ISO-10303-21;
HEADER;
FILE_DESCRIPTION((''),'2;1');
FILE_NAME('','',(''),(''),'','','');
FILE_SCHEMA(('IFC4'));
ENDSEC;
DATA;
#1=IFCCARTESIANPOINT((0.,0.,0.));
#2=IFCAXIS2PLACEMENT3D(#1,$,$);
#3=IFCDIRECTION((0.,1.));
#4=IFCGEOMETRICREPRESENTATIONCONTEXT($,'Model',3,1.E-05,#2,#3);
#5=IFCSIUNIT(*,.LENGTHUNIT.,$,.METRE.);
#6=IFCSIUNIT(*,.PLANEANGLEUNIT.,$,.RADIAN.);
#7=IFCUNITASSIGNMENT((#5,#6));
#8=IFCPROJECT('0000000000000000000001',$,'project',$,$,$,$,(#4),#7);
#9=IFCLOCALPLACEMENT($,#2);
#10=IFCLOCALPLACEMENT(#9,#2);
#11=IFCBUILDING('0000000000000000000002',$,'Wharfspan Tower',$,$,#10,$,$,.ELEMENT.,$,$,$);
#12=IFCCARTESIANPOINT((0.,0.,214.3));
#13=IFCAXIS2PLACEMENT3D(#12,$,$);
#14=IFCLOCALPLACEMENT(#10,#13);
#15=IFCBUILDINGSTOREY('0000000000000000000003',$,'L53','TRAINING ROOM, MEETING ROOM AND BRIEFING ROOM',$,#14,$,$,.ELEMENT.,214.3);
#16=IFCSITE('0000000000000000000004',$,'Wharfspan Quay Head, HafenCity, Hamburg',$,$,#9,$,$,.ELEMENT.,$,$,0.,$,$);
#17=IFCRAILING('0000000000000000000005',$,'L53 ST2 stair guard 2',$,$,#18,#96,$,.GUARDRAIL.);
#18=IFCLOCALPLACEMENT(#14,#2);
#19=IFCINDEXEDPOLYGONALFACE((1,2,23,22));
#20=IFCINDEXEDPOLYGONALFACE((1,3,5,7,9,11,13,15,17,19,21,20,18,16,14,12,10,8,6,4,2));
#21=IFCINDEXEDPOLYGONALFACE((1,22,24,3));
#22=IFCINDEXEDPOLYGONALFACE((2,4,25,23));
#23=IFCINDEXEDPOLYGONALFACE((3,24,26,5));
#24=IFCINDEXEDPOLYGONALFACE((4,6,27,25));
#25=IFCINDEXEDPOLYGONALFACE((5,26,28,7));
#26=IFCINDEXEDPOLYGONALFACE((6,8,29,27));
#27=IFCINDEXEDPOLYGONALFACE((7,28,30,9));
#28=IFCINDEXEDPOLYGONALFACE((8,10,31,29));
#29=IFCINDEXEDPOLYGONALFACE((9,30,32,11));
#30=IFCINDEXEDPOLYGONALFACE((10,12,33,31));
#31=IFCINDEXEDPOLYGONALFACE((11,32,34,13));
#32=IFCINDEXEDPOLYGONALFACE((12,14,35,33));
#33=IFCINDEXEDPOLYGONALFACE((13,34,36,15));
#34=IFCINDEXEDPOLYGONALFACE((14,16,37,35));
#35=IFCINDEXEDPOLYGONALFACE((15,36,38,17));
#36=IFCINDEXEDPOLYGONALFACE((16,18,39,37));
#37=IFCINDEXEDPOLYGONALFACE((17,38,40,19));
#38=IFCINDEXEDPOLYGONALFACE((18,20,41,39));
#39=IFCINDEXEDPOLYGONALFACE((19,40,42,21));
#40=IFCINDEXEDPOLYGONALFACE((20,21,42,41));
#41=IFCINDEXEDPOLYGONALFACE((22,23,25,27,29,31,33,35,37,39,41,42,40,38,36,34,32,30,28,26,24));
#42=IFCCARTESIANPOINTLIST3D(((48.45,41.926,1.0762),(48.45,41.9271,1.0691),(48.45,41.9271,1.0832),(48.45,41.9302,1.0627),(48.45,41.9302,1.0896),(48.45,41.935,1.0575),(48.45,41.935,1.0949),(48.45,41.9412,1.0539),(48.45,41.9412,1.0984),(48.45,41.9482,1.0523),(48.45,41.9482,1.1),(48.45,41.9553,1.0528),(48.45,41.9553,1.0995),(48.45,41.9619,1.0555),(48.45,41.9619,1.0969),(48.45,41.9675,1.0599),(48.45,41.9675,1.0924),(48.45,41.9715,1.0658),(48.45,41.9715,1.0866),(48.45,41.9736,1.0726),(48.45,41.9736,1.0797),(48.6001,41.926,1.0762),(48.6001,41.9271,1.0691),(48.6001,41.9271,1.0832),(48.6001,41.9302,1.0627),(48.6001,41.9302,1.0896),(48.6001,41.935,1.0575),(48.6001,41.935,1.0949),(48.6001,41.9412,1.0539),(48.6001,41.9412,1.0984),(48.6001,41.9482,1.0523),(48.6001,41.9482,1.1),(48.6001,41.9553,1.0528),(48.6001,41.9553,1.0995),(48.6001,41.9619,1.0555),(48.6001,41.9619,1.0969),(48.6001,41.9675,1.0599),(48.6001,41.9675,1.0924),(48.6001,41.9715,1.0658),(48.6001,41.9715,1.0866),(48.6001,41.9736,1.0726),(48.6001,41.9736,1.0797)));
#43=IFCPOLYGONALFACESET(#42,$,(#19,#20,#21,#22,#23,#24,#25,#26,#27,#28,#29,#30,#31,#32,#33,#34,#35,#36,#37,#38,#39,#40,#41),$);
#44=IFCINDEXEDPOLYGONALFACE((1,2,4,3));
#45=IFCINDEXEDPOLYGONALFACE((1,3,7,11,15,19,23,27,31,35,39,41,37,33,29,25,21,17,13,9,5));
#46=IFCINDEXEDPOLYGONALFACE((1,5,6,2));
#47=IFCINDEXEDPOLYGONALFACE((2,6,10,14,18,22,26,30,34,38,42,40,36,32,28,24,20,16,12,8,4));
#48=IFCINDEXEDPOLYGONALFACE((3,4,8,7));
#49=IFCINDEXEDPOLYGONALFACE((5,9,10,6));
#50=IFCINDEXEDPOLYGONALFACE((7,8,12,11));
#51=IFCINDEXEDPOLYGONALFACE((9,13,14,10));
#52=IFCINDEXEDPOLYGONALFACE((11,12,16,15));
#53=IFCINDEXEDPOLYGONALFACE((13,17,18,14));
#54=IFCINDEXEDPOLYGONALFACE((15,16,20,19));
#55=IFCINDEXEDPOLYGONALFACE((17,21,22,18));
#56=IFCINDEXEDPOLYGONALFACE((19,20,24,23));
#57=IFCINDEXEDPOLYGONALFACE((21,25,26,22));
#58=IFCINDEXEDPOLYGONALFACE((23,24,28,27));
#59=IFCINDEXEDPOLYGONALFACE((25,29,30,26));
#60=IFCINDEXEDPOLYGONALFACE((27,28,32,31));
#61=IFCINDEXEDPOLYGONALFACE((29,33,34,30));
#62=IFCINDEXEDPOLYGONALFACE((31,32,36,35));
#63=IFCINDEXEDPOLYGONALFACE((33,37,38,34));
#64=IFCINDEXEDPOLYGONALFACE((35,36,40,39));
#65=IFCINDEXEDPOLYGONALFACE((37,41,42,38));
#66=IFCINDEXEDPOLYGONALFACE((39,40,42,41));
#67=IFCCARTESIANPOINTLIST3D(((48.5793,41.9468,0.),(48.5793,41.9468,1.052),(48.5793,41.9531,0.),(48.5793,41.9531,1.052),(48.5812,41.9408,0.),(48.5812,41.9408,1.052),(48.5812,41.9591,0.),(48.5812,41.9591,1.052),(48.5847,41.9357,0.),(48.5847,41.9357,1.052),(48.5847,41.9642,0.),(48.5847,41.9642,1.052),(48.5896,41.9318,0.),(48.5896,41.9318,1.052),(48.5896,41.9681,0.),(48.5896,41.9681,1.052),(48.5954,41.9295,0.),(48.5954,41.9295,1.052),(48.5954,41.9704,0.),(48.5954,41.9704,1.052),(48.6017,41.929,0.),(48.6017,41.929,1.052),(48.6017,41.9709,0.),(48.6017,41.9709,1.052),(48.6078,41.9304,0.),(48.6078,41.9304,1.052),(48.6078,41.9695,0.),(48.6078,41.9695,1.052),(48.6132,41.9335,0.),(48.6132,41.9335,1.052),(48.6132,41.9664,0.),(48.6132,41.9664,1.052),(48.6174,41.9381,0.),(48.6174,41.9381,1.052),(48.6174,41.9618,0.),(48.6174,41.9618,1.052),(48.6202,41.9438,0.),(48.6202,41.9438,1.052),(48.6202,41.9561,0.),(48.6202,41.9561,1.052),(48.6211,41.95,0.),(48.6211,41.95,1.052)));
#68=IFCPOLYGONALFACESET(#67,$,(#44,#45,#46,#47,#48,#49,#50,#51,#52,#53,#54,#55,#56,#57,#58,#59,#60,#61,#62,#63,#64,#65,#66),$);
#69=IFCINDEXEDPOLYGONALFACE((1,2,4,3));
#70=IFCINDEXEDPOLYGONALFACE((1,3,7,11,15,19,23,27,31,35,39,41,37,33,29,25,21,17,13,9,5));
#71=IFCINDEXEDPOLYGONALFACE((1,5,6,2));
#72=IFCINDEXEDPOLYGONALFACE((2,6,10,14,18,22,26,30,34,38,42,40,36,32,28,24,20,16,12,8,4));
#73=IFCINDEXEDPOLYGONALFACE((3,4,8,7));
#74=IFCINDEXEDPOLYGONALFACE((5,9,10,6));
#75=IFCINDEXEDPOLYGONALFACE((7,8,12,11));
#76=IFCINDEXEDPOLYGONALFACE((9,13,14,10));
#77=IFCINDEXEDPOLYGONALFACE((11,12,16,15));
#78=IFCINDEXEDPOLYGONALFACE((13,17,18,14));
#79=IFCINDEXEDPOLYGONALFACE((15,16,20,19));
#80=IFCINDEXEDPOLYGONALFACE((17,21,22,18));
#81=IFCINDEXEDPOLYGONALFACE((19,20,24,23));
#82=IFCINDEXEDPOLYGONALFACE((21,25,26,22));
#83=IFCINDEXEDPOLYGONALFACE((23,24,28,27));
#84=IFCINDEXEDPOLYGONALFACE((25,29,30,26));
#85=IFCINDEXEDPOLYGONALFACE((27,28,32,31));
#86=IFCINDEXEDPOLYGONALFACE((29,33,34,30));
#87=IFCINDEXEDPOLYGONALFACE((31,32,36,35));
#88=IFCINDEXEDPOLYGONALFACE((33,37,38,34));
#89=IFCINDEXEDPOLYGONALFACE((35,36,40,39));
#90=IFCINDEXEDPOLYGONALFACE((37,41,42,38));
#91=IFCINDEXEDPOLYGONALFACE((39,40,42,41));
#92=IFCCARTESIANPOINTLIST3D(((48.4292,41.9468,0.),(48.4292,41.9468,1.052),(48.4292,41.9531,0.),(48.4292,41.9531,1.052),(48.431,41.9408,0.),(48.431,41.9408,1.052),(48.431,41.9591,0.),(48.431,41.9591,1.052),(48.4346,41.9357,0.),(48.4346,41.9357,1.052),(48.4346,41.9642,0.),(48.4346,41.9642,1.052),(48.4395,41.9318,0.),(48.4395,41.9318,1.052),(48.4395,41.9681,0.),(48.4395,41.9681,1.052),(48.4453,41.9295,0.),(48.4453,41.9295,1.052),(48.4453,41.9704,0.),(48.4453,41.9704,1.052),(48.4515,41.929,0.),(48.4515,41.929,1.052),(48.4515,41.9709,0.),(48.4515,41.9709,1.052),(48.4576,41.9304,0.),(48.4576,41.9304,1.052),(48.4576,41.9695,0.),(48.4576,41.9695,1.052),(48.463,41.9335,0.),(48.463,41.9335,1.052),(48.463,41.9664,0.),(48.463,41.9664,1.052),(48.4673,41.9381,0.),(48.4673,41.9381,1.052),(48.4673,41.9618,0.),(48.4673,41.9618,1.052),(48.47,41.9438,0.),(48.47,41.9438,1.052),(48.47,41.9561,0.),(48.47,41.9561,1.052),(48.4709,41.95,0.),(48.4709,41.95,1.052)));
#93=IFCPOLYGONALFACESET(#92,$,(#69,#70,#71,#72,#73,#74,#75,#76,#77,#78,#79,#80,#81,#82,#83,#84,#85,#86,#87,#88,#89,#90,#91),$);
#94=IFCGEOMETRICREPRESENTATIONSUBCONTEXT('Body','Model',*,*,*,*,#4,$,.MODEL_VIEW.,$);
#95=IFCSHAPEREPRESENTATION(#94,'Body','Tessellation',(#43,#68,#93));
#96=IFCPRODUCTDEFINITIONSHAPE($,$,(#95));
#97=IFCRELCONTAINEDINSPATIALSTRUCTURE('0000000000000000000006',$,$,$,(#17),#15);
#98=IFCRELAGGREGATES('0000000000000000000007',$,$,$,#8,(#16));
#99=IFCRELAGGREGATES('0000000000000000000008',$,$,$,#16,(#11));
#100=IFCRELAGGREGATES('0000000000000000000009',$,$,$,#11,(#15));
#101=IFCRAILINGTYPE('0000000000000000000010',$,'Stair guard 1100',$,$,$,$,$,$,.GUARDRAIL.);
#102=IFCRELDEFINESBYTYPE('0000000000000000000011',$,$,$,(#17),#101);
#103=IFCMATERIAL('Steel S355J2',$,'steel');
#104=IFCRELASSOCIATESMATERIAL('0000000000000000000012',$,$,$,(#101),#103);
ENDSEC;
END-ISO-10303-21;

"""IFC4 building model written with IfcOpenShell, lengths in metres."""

from ifc_helpers import new_model, si_unit, direction, frame, origin, origin_2d, place, context, subcontext, project, spatial, circle, extrude, material, type_object, element, save


model = new_model("IFC4")

# Units and contexts
model_context = context("Model", 3, precision=1e-05, world=origin(), true_north=direction((0.0, 1.0)))
body_context = subcontext(model_context, "Body", "Model", "MODEL_VIEW")
ifc_project = project(units=[si_unit("LENGTHUNIT", "METRE"), si_unit("PLANEANGLEUNIT", "RADIAN")], contexts=[model_context])

# Site, building, storey
site_placement = place(None, origin())
site = spatial("IfcSite", under=ifc_project, at=site_placement, Name="Wharfspan Quay Head, HafenCity, Hamburg", CompositionType="ELEMENT", RefElevation=0.0)
building_placement = place(site_placement, origin())
building = spatial("IfcBuilding", under=site, at=building_placement, Name="Wharfspan Tower", CompositionType="ELEMENT")
storey_placement = place(building_placement, frame((0.0, 0.0, 214.3)))
storey = spatial("IfcBuildingStorey", under=building, at=storey_placement, Name="L53", Description="TRAINING ROOM, MEETING ROOM AND BRIEFING ROOM", CompositionType="ELEMENT", Elevation=214.3)

# Shared definitions
ifc_material_1 = material(Name="Steel S355J2", Category="steel")

# Railing
railing_type_1 = type_object("IfcRailingType", Name="Stair guard 1100", PredefinedType="GUARDRAIL", material=ifc_material_1)
railing_1_placement = place(storey_placement, frame((48.6001, 41.95, 0.0)))
element("IfcRailing", 1, at=railing_1_placement, inside=storey, type_object=railing_type_1, Name="L53 ST2 stair guard 2", PredefinedType="GUARDRAIL", context=body_context, shape_type="SweptSolid", body=[
    extrude(circle(Radius=0.0239, at=origin_2d()), frame((0.0, 0.0, 1.0762), z_axis=(-1.0, 0.0, 0.0), x_axis=(0.0, -1.0, 0.0)), (0.0, 0.0, 1.0), 0.1501),
    extrude(circle(Radius=0.021, at=origin_2d()), origin(), (0.0, 0.0, 1.0), 1.052),
    extrude(circle(Radius=0.021, at=origin_2d()), frame((-0.1501, 0.0, 0.0)), (0.0, 0.0, 1.0), 1.052),
])

save(model, "model.ifc")
